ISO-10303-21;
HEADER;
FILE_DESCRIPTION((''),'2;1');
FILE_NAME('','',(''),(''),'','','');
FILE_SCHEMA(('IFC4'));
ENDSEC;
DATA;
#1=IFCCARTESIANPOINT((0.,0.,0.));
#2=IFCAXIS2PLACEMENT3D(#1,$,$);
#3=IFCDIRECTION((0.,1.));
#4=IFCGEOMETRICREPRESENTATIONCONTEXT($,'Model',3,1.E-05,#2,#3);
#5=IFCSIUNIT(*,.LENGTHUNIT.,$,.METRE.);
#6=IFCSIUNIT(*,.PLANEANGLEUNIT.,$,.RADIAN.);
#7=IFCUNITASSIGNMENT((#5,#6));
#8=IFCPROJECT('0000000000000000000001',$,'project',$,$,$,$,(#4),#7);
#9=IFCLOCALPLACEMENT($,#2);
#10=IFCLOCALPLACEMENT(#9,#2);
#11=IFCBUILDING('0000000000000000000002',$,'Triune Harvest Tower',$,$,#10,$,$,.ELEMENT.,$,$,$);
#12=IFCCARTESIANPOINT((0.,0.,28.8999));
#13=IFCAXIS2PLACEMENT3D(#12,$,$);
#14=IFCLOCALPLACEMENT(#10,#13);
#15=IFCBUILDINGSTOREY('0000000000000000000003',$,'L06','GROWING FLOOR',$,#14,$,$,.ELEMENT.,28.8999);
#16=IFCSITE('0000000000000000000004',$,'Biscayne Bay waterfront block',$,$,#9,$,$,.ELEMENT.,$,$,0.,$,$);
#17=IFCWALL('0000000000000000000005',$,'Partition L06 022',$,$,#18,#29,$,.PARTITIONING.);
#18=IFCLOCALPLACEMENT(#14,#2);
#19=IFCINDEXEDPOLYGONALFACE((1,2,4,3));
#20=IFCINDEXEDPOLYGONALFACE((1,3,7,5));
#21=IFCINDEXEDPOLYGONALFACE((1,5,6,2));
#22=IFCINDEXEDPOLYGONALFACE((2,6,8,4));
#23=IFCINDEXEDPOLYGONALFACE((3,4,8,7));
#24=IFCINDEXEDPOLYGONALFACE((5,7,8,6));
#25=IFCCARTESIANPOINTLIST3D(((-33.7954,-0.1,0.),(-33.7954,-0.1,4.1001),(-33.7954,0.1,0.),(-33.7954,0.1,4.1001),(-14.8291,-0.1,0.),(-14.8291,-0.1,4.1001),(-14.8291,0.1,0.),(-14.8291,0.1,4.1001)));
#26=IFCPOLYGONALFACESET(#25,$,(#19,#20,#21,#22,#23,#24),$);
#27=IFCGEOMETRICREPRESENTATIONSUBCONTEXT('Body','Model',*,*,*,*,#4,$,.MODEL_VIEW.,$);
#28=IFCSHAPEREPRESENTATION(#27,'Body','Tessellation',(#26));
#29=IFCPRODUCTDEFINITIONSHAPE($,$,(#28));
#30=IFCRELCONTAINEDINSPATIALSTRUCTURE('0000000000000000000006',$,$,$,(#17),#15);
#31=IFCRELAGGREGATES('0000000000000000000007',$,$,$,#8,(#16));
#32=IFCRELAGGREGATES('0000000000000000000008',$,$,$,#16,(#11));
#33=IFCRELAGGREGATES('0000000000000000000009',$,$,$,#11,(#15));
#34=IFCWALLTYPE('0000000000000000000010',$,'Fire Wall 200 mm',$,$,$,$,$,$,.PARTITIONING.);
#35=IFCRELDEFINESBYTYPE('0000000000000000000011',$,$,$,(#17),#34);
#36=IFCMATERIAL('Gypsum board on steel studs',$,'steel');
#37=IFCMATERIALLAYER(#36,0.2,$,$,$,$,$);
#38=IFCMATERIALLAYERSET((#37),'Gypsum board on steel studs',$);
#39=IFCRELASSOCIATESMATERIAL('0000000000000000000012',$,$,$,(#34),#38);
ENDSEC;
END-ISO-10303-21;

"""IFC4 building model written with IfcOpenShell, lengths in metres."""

from ifc_helpers import new_model, si_unit, direction, frame, frame_2d, origin, place, context, subcontext, project, spatial, rectangle, extrude, source, transform, mapped, material, layer, layer_set, type_object, element, save


model = new_model("IFC4")

# Units and contexts
model_context = context("Model", 3, precision=1e-05, world=origin(), true_north=direction((0.0, 1.0)))
body_context = subcontext(model_context, "Body", "Model", "MODEL_VIEW")
ifc_project = project(units=[si_unit("LENGTHUNIT", "METRE"), si_unit("PLANEANGLEUNIT", "RADIAN")], contexts=[model_context])

# Site, building, storey
site_placement = place(None, origin())
site = spatial("IfcSite", under=ifc_project, at=site_placement, Name="Biscayne Bay waterfront block", CompositionType="ELEMENT", RefElevation=0.0)
building_placement = place(site_placement, origin())
building = spatial("IfcBuilding", under=site, at=building_placement, Name="Triune Harvest Tower", CompositionType="ELEMENT")
storey_placement = place(building_placement, frame((0.0, 0.0, 28.8999)))
storey = spatial("IfcBuildingStorey", under=building, at=storey_placement, Name="L06", Description="GROWING FLOOR", CompositionType="ELEMENT", Elevation=28.8999)

# Wall
ifc_material_1 = material(Name="Gypsum board on steel studs", Category="steel")
ifc_layer_1 = layer(ifc_material_1, 0.2)
ifc_layer_set_1 = layer_set([ifc_layer_1], Name="Gypsum board on steel studs")
wall_type = type_object("IfcWallType", Name="Fire Wall 200 mm", PredefinedType="PARTITIONING", material=ifc_layer_set_1)
shared_shape_1 = source(origin(), body_context, "Body", "SweptSolid", [
    extrude(rectangle(XDim=18.9663, YDim=0.2, at=frame_2d((9.4832, 0.0))), origin(), (0.0, 0.0, 1.0), 4.1001),
])
wall_1_placement = place(storey_placement, frame((-33.7954, 0.0, 0.0), z_axis=(0.0, 0.0, 1.0), x_axis=(1.0, 0.0, 0.0)))
element("IfcWall", 1, at=wall_1_placement, inside=storey, type_object=wall_type, Name="Partition L06 022", PredefinedType="PARTITIONING", context=body_context, shape_type="MappedRepresentation", body=[
    mapped(shared_shape_1, transform((0.0, 0.0, 0.0), scale=1.0)),
])

save(model, "model.ifc")
